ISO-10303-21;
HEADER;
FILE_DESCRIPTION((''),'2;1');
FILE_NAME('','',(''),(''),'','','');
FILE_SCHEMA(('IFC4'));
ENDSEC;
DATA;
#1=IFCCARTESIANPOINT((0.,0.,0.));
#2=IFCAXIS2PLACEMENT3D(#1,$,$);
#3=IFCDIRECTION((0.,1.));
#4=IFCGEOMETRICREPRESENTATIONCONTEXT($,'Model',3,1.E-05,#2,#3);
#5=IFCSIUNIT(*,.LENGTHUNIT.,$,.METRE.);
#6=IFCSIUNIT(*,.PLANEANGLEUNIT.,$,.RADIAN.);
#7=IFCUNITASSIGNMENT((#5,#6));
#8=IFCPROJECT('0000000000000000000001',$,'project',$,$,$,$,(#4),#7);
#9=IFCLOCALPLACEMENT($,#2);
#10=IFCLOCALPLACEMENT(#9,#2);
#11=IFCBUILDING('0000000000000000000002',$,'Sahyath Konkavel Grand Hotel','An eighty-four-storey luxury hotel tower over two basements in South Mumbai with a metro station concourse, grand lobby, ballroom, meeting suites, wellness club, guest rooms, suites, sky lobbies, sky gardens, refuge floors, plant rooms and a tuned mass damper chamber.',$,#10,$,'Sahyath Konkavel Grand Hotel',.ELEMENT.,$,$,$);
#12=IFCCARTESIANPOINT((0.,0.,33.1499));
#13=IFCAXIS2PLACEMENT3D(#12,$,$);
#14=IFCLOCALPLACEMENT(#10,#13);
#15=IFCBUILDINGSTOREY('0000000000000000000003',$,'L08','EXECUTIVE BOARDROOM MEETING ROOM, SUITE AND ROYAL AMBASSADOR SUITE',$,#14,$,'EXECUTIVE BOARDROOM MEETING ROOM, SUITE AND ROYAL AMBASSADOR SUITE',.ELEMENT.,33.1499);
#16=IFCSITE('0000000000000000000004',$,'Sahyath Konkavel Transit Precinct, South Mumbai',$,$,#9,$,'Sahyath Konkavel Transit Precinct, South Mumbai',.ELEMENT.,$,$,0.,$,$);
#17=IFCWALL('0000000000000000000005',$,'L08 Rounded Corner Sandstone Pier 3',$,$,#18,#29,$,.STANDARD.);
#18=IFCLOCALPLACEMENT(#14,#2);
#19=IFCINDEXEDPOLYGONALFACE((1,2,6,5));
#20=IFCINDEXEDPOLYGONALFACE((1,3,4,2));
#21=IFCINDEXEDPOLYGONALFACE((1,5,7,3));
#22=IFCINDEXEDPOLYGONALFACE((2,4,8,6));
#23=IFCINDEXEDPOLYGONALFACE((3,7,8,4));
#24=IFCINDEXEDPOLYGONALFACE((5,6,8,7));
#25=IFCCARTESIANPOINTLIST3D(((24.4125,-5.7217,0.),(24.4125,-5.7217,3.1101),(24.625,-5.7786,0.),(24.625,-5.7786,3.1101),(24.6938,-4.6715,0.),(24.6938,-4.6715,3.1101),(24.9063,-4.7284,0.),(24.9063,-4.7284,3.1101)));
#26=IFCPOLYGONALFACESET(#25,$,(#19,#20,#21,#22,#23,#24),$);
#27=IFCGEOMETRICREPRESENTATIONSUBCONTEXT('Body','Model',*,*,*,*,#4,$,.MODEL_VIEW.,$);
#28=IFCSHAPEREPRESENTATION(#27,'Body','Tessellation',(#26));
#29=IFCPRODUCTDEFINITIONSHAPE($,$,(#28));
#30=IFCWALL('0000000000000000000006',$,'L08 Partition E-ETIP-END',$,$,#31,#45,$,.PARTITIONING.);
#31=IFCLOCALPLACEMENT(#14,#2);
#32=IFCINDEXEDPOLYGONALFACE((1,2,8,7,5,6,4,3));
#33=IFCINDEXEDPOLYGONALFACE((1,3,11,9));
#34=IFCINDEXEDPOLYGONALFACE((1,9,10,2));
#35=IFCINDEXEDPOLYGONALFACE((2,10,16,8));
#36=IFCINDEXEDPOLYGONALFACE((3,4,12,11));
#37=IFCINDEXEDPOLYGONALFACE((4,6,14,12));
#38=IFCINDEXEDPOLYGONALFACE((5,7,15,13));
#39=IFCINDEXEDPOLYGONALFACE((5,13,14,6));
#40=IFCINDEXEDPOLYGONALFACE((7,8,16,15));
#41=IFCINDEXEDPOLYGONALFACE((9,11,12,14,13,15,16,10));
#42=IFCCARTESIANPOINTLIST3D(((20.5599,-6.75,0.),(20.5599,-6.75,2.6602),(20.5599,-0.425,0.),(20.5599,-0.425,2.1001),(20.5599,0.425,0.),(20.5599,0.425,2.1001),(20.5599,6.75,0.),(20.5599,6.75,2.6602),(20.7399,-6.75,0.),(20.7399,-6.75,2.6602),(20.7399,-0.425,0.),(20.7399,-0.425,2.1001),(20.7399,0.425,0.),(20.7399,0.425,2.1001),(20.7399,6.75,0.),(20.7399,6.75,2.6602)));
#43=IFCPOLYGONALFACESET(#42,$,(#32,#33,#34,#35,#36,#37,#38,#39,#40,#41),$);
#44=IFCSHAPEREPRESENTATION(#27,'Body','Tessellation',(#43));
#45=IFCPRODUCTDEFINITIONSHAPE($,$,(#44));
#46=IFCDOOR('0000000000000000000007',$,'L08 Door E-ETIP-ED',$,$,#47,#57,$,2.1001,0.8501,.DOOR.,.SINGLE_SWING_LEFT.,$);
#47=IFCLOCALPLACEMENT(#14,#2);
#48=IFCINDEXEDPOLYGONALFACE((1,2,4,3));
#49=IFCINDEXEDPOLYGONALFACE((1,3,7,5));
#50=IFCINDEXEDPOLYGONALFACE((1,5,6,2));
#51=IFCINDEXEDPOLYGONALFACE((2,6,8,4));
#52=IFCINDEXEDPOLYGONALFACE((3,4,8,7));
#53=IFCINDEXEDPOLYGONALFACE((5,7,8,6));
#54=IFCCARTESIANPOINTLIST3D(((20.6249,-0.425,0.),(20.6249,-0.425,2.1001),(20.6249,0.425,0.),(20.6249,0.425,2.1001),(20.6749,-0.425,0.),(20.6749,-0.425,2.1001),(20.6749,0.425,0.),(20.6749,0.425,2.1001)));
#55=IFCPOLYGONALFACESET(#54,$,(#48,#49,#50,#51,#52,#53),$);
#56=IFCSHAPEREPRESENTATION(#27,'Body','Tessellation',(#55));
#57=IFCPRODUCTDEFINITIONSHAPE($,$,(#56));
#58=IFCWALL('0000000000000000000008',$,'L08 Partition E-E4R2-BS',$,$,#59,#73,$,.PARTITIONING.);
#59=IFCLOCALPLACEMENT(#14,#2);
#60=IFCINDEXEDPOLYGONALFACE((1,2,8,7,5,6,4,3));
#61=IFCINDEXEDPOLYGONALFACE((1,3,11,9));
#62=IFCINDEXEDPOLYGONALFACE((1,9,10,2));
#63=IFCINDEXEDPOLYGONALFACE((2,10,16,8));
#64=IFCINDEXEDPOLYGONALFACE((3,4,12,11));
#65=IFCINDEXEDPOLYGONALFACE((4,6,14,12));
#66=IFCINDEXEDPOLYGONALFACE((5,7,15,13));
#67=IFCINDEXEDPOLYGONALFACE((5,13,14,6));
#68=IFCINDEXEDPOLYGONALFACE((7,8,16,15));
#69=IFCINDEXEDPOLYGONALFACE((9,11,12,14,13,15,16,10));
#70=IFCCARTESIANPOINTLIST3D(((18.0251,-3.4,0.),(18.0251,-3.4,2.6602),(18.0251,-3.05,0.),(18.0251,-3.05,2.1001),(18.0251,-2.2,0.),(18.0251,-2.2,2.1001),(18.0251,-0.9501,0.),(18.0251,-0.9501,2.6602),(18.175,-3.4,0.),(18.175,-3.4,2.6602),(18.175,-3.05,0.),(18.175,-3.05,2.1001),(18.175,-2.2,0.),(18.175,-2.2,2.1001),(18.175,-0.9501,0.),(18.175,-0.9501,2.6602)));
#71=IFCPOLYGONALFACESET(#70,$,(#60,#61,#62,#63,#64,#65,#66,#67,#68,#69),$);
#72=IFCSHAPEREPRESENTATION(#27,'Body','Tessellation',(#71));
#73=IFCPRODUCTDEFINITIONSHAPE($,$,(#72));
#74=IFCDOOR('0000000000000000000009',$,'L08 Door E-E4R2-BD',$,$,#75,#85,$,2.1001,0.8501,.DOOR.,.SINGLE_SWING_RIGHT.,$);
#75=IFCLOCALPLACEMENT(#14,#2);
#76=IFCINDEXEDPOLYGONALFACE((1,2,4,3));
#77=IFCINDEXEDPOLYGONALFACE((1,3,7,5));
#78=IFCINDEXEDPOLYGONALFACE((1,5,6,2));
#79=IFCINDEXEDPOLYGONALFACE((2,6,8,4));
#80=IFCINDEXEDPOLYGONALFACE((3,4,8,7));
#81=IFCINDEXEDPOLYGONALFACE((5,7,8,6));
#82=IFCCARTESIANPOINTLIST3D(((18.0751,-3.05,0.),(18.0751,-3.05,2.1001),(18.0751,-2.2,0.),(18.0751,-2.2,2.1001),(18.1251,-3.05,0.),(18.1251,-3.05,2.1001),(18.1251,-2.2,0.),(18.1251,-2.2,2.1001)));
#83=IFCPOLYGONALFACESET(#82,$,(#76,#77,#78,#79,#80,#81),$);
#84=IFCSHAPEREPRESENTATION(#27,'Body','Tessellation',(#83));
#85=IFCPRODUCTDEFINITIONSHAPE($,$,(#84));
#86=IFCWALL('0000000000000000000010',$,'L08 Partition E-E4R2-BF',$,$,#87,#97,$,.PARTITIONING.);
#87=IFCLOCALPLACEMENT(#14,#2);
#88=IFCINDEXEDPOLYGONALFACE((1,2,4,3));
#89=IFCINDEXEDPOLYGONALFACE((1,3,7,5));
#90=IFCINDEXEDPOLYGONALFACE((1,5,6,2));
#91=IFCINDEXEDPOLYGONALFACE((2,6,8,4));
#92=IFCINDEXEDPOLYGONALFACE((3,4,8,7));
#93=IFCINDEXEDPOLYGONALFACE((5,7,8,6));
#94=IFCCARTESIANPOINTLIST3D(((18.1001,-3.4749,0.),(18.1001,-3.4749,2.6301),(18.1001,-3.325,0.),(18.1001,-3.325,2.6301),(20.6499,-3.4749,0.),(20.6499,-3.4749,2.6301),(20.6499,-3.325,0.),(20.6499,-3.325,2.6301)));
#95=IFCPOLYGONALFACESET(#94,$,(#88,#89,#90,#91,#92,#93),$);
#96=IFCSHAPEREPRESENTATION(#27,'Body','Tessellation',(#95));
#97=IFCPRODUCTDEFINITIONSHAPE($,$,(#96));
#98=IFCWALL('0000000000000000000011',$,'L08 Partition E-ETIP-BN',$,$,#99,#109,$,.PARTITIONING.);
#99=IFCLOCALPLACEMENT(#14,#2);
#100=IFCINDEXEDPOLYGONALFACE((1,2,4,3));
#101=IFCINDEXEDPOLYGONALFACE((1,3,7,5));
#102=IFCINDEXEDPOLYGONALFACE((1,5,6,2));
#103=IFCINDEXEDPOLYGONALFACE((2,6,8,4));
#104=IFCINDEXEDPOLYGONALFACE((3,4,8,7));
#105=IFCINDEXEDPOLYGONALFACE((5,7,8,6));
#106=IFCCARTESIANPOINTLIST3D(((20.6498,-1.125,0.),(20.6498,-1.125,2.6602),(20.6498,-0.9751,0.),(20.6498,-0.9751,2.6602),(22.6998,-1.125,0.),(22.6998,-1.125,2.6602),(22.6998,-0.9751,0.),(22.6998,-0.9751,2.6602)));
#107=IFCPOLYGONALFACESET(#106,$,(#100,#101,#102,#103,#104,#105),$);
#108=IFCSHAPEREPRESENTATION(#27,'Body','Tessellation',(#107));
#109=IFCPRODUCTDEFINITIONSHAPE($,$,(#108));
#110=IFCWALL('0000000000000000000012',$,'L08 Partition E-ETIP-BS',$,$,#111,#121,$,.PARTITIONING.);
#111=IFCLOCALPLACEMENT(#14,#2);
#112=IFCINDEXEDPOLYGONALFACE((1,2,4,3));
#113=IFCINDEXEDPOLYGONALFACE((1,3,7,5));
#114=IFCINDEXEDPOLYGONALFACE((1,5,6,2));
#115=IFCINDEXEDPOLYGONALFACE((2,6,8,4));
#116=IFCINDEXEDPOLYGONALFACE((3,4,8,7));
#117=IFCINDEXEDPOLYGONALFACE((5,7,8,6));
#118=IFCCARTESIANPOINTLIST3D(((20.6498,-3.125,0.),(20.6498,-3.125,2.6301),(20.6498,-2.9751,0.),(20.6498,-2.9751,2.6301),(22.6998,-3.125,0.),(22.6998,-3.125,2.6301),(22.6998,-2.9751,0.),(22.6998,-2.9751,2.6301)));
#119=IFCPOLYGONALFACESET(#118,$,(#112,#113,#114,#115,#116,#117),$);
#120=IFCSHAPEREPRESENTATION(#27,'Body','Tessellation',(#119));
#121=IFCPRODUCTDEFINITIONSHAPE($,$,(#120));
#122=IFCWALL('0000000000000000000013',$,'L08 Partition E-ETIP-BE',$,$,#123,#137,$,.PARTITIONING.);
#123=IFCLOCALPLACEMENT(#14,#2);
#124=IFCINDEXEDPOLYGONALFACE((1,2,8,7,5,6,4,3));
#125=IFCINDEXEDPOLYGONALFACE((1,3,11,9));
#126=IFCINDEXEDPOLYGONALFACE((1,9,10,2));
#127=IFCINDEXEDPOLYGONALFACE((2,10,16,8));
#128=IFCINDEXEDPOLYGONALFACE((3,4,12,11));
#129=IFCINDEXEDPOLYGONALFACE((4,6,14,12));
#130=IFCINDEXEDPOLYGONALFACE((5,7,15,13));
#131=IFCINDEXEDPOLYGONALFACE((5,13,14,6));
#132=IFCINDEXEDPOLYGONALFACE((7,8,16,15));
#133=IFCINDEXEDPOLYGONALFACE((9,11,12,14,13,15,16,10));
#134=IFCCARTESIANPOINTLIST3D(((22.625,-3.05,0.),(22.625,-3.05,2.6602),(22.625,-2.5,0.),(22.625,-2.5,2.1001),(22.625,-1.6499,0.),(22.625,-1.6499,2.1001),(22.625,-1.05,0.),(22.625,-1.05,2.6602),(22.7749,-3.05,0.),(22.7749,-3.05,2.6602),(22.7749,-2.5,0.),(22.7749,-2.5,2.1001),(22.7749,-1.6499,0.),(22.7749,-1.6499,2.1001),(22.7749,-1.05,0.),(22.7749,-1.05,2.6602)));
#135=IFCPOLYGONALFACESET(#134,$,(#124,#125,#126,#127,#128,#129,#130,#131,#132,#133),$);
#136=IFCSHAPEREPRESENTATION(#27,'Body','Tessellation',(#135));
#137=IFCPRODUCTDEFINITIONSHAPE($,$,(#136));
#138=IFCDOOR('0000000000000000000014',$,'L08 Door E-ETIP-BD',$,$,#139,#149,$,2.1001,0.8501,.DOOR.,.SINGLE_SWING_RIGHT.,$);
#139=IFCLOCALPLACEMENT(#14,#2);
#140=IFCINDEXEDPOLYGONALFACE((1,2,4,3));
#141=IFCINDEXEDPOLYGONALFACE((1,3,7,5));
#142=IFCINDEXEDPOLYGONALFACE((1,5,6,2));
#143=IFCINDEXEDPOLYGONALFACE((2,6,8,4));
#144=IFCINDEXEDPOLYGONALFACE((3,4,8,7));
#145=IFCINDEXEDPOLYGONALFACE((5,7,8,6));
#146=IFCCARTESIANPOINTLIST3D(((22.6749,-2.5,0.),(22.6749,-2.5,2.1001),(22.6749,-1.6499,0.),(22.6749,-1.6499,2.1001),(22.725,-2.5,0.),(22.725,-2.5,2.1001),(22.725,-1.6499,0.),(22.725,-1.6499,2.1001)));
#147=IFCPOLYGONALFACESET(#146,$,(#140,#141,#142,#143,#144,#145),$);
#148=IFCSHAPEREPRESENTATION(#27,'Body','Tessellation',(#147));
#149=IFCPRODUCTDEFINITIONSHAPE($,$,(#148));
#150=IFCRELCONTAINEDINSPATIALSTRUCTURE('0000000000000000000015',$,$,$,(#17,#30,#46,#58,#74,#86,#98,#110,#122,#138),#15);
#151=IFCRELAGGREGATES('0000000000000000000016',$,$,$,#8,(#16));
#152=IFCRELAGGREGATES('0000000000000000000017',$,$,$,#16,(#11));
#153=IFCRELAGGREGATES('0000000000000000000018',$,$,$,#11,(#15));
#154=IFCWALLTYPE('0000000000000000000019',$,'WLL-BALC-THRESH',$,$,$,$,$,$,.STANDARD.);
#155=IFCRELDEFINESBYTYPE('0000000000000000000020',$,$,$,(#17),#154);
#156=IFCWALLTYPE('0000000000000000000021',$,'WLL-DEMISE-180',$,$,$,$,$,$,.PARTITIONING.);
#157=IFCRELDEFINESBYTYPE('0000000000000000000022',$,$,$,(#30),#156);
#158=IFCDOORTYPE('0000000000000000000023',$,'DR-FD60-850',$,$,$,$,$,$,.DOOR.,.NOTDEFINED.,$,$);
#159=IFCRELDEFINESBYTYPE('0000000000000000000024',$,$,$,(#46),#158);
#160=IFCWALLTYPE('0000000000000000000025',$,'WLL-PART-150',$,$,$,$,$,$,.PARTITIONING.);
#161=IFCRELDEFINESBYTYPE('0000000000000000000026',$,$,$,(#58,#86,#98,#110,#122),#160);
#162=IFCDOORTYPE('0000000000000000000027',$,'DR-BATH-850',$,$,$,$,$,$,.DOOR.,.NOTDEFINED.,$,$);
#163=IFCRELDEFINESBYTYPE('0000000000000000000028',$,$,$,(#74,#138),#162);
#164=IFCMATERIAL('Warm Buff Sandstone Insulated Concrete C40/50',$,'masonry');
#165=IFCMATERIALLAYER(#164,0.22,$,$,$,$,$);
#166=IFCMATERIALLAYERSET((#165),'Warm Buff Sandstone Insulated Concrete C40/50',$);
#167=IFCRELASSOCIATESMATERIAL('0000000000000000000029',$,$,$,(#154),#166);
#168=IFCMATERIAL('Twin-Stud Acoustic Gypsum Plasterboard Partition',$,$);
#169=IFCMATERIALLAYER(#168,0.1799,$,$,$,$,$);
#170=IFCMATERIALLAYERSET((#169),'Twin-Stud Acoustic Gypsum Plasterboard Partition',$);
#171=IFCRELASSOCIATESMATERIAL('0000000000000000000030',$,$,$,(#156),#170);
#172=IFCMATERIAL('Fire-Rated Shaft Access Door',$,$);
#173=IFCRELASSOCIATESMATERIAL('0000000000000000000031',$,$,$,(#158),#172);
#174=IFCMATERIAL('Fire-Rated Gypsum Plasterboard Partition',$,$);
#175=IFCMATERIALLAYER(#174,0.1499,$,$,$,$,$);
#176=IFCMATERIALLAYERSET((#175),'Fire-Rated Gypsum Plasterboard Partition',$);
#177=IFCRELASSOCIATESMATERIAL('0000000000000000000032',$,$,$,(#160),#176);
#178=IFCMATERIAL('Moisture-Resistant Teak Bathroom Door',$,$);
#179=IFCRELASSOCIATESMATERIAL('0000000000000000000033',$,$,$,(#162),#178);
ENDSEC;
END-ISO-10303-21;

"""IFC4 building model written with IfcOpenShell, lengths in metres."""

from ifc_helpers import new_model, si_unit, direction, frame, frame_2d, origin, origin_2d, place, context, subcontext, project, spatial, rectangle, extrude, source, transform, mapped, material, layer, layer_set, type_object, element, fill, save


model = new_model("IFC4")

# Units and contexts
model_context = context("Model", 3, precision=1e-05, world=origin(), true_north=direction((0.0, 1.0)))
body_context = subcontext(model_context, "Body", "Model", "MODEL_VIEW")
ifc_project = project(units=[si_unit("LENGTHUNIT", "METRE"), si_unit("PLANEANGLEUNIT", "RADIAN")], contexts=[model_context])

# Site, building, storey
site_placement = place(None, origin())
site = spatial("IfcSite", under=ifc_project, at=site_placement, Name="Sahyath Konkavel Transit Precinct, South Mumbai", LongName="Sahyath Konkavel Transit Precinct, South Mumbai", CompositionType="ELEMENT", RefElevation=0.0)
building_placement = place(site_placement, origin())
building = spatial("IfcBuilding", under=site, at=building_placement, Name="Sahyath Konkavel Grand Hotel", Description="An eighty-four-storey luxury hotel tower over two basements in South Mumbai with a metro station concourse, grand lobby, ballroom, meeting suites, wellness club, guest rooms, suites, sky lobbies, sky gardens, refuge floors, plant rooms and a tuned mass damper chamber.", LongName="Sahyath Konkavel Grand Hotel", CompositionType="ELEMENT")
storey_placement = place(building_placement, frame((0.0, 0.0, 33.1499)))
storey = spatial("IfcBuildingStorey", under=building, at=storey_placement, Name="L08", Description="EXECUTIVE BOARDROOM MEETING ROOM, SUITE AND ROYAL AMBASSADOR SUITE", LongName="EXECUTIVE BOARDROOM MEETING ROOM, SUITE AND ROYAL AMBASSADOR SUITE", CompositionType="ELEMENT", Elevation=33.1499)

# Wall
ifc_material_1 = material(Name="Warm Buff Sandstone Insulated Concrete C40/50", Category="masonry")
ifc_layer_1 = layer(ifc_material_1, 0.22)
ifc_layer_set_1 = layer_set([ifc_layer_1], Name="Warm Buff Sandstone Insulated Concrete C40/50")
wall_type_1 = type_object("IfcWallType", Name="WLL-BALC-THRESH", PredefinedType="STANDARD", material=ifc_layer_set_1)
for number, where, z_axis, x_axis, name in (
    (1, (24.5188, -5.75, 0.0), (0.0, 0.0, 1.0), (0.258725, 0.965951, 0.0), "L08 Rounded Corner Sandstone Pier 3"),
):
    element("IfcWall", number, at=place(storey_placement, frame(where, z_axis=z_axis, x_axis=x_axis)), inside=storey, type_object=wall_type_1, Name=name, PredefinedType="STANDARD", context=body_context, shape_type="SweptSolid", body=[
        extrude(rectangle(XDim=1.0872, YDim=0.22, at=frame_2d((0.5435, 0.0))), origin(), (0.0, 0.0, 1.0), 3.1101),
    ])

# Walls, openings, doors
ifc_material_2 = material(Name="Twin-Stud Acoustic Gypsum Plasterboard Partition")
ifc_layer_2 = layer(ifc_material_2, 0.1799)
ifc_layer_set_2 = layer_set([ifc_layer_2], Name="Twin-Stud Acoustic Gypsum Plasterboard Partition")
wall_type_2 = type_object("IfcWallType", Name="WLL-DEMISE-180", PredefinedType="PARTITIONING", material=ifc_layer_set_2)
wall_1_placement = place(storey_placement, frame((20.6499, -6.75, 0.0), z_axis=(0.0, 0.0, 1.0), x_axis=(0.0, 1.0, 0.0)))
wall_1 = element("IfcWall", 2, at=wall_1_placement, inside=storey, type_object=wall_type_2, Name="L08 Partition E-ETIP-END", PredefinedType="PARTITIONING", context=body_context, shape_type="SweptSolid", body=[
    extrude(rectangle(XDim=13.5, YDim=0.1799, at=frame_2d((6.75, 0.0))), origin(), (0.0, 0.0, 1.0), 2.6602),
])
opening_1_placement = place(wall_1_placement, frame((6.325, 0.0, 0.0)))
opening_1 = element("IfcOpeningElement", 3, at=opening_1_placement, cuts=wall_1, PredefinedType="OPENING", context=body_context, shape_type="SweptSolid", body=[
    extrude(rectangle(XDim=0.8501, YDim=2.1001, at=frame_2d((0.425, 1.05))), frame((0.0, 0.1001, 0.0), z_axis=(0.0, -1.0, 0.0), x_axis=(1.0, 0.0, 0.0)), (0.0, 0.0, 1.0), 0.2),
])
ifc_material_3 = material(Name="Fire-Rated Shaft Access Door")
door_type_1 = type_object("IfcDoorType", Name="DR-FD60-850", OperationType="NOTDEFINED", PredefinedType="DOOR", material=ifc_material_3)
shared_shape_1 = source(origin(), body_context, "Body", "SweptSolid", [
    extrude(rectangle(XDim=0.8501, YDim=0.05, at=origin_2d()), origin(), (0.0, 0.0, 1.0), 2.1001),
])
door_1_placement = place(opening_1_placement, frame((0.425, 0.0, 0.0)))
door_1 = element("IfcDoor", 4, at=door_1_placement, inside=storey, type_object=door_type_1, Name="L08 Door E-ETIP-ED", OperationType="SINGLE_SWING_LEFT", OverallHeight=2.1001, OverallWidth=0.8501, PredefinedType="DOOR", context=body_context, shape_type="MappedRepresentation", body=[
    mapped(shared_shape_1, transform((0.0, 0.0, 0.0), scale=1.0)),
])
fill(opening_1, door_1)
ifc_material_4 = material(Name="Fire-Rated Gypsum Plasterboard Partition")
ifc_layer_3 = layer(ifc_material_4, 0.1499)
ifc_layer_set_3 = layer_set([ifc_layer_3], Name="Fire-Rated Gypsum Plasterboard Partition")
wall_type_3 = type_object("IfcWallType", Name="WLL-PART-150", PredefinedType="PARTITIONING", material=ifc_layer_set_3)
wall_2_placement = place(storey_placement, frame((18.1001, -0.95, 0.0), z_axis=(0.0, 0.0, 1.0), x_axis=(0.0, -1.0, 0.0)))
wall_2 = element("IfcWall", 5, at=wall_2_placement, inside=storey, type_object=wall_type_3, Name="L08 Partition E-E4R2-BS", PredefinedType="PARTITIONING", context=body_context, shape_type="SweptSolid", body=[
    extrude(rectangle(XDim=2.45, YDim=0.1499, at=frame_2d((1.2251, 0.0))), origin(), (0.0, 0.0, 1.0), 2.6602),
])
opening_2_placement = place(wall_2_placement, frame((1.25, 0.0, 0.0)))
opening_2 = element("IfcOpeningElement", 6, at=opening_2_placement, cuts=wall_2, PredefinedType="OPENING", context=body_context, shape_type="SweptSolid", body=[
    extrude(rectangle(XDim=0.8501, YDim=2.1001, at=frame_2d((0.425, 1.05))), frame((0.0, 0.085, 0.0), z_axis=(0.0, -1.0, 0.0), x_axis=(1.0, 0.0, 0.0)), (0.0, 0.0, 1.0), 0.1699),
])
ifc_material_5 = material(Name="Moisture-Resistant Teak Bathroom Door")
door_type_2 = type_object("IfcDoorType", Name="DR-BATH-850", OperationType="NOTDEFINED", PredefinedType="DOOR", material=ifc_material_5)
door_2_placement = place(opening_2_placement, frame((0.425, 0.0, 0.0)))
door_2 = element("IfcDoor", 7, at=door_2_placement, inside=storey, type_object=door_type_2, Name="L08 Door E-E4R2-BD", OperationType="SINGLE_SWING_RIGHT", OverallHeight=2.1001, OverallWidth=0.8501, PredefinedType="DOOR", context=body_context, shape_type="MappedRepresentation", body=[
    mapped(shared_shape_1, transform((0.0, 0.0, 0.0), scale=1.0)),
])
fill(opening_2, door_2)

# Walls
wall_3_placement = place(storey_placement, frame((18.1001, -3.3999, 0.0), z_axis=(0.0, 0.0, 1.0), x_axis=(1.0, 0.0, 0.0)))
element("IfcWall", 8, at=wall_3_placement, inside=storey, type_object=wall_type_3, Name="L08 Partition E-E4R2-BF", PredefinedType="PARTITIONING", context=body_context, shape_type="SweptSolid", body=[
    extrude(rectangle(XDim=2.5498, YDim=0.1499, at=frame_2d((1.2749, 0.0))), origin(), (0.0, 0.0, 1.0), 2.6301),
])
wall_4_placement = place(storey_placement, frame((20.6499, -1.05, 0.0), z_axis=(0.0, 0.0, 1.0), x_axis=(1.0, 0.0, 0.0)))
element("IfcWall", 9, at=wall_4_placement, inside=storey, type_object=wall_type_3, Name="L08 Partition E-ETIP-BN", PredefinedType="PARTITIONING", context=body_context, shape_type="SweptSolid", body=[
    extrude(rectangle(XDim=2.05, YDim=0.1499, at=frame_2d((1.0249, 0.0))), origin(), (0.0, 0.0, 1.0), 2.6602),
])
wall_5_placement = place(storey_placement, frame((20.6499, -3.05, 0.0), z_axis=(0.0, 0.0, 1.0), x_axis=(1.0, 0.0, 0.0)))
element("IfcWall", 10, at=wall_5_placement, inside=storey, type_object=wall_type_3, Name="L08 Partition E-ETIP-BS", PredefinedType="PARTITIONING", context=body_context, shape_type="SweptSolid", body=[
    extrude(rectangle(XDim=2.05, YDim=0.1499, at=frame_2d((1.0249, 0.0))), origin(), (0.0, 0.0, 1.0), 2.6301),
])

# Wall, opening, door
wall_6_placement = place(storey_placement, frame((22.7, -3.05, 0.0), z_axis=(0.0, 0.0, 1.0), x_axis=(0.0, 1.0, 0.0)))
wall_6 = element("IfcWall", 11, at=wall_6_placement, inside=storey, type_object=wall_type_3, Name="L08 Partition E-ETIP-BE", PredefinedType="PARTITIONING", context=body_context, shape_type="SweptSolid", body=[
    extrude(rectangle(XDim=2.0, YDim=0.1499, at=frame_2d((1.0, 0.0))), origin(), (0.0, 0.0, 1.0), 2.6602),
])
opening_3_placement = place(wall_6_placement, frame((0.55, 0.0, 0.0)))
opening_3 = element("IfcOpeningElement", 12, at=opening_3_placement, cuts=wall_6, PredefinedType="OPENING", context=body_context, shape_type="SweptSolid", body=[
    extrude(rectangle(XDim=0.8501, YDim=2.1001, at=frame_2d((0.425, 1.05))), frame((0.0, 0.085, 0.0), z_axis=(0.0, -1.0, 0.0), x_axis=(1.0, 0.0, 0.0)), (0.0, 0.0, 1.0), 0.1699),
])
door_3_placement = place(opening_3_placement, frame((0.425, 0.0, 0.0)))
door_3 = element("IfcDoor", 13, at=door_3_placement, inside=storey, type_object=door_type_2, Name="L08 Door E-ETIP-BD", OperationType="SINGLE_SWING_RIGHT", OverallHeight=2.1001, OverallWidth=0.8501, PredefinedType="DOOR", context=body_context, shape_type="MappedRepresentation", body=[
    mapped(shared_shape_1, transform((0.0, 0.0, 0.0), scale=1.0)),
])
fill(opening_3, door_3)

save(model, "model.ifc")
